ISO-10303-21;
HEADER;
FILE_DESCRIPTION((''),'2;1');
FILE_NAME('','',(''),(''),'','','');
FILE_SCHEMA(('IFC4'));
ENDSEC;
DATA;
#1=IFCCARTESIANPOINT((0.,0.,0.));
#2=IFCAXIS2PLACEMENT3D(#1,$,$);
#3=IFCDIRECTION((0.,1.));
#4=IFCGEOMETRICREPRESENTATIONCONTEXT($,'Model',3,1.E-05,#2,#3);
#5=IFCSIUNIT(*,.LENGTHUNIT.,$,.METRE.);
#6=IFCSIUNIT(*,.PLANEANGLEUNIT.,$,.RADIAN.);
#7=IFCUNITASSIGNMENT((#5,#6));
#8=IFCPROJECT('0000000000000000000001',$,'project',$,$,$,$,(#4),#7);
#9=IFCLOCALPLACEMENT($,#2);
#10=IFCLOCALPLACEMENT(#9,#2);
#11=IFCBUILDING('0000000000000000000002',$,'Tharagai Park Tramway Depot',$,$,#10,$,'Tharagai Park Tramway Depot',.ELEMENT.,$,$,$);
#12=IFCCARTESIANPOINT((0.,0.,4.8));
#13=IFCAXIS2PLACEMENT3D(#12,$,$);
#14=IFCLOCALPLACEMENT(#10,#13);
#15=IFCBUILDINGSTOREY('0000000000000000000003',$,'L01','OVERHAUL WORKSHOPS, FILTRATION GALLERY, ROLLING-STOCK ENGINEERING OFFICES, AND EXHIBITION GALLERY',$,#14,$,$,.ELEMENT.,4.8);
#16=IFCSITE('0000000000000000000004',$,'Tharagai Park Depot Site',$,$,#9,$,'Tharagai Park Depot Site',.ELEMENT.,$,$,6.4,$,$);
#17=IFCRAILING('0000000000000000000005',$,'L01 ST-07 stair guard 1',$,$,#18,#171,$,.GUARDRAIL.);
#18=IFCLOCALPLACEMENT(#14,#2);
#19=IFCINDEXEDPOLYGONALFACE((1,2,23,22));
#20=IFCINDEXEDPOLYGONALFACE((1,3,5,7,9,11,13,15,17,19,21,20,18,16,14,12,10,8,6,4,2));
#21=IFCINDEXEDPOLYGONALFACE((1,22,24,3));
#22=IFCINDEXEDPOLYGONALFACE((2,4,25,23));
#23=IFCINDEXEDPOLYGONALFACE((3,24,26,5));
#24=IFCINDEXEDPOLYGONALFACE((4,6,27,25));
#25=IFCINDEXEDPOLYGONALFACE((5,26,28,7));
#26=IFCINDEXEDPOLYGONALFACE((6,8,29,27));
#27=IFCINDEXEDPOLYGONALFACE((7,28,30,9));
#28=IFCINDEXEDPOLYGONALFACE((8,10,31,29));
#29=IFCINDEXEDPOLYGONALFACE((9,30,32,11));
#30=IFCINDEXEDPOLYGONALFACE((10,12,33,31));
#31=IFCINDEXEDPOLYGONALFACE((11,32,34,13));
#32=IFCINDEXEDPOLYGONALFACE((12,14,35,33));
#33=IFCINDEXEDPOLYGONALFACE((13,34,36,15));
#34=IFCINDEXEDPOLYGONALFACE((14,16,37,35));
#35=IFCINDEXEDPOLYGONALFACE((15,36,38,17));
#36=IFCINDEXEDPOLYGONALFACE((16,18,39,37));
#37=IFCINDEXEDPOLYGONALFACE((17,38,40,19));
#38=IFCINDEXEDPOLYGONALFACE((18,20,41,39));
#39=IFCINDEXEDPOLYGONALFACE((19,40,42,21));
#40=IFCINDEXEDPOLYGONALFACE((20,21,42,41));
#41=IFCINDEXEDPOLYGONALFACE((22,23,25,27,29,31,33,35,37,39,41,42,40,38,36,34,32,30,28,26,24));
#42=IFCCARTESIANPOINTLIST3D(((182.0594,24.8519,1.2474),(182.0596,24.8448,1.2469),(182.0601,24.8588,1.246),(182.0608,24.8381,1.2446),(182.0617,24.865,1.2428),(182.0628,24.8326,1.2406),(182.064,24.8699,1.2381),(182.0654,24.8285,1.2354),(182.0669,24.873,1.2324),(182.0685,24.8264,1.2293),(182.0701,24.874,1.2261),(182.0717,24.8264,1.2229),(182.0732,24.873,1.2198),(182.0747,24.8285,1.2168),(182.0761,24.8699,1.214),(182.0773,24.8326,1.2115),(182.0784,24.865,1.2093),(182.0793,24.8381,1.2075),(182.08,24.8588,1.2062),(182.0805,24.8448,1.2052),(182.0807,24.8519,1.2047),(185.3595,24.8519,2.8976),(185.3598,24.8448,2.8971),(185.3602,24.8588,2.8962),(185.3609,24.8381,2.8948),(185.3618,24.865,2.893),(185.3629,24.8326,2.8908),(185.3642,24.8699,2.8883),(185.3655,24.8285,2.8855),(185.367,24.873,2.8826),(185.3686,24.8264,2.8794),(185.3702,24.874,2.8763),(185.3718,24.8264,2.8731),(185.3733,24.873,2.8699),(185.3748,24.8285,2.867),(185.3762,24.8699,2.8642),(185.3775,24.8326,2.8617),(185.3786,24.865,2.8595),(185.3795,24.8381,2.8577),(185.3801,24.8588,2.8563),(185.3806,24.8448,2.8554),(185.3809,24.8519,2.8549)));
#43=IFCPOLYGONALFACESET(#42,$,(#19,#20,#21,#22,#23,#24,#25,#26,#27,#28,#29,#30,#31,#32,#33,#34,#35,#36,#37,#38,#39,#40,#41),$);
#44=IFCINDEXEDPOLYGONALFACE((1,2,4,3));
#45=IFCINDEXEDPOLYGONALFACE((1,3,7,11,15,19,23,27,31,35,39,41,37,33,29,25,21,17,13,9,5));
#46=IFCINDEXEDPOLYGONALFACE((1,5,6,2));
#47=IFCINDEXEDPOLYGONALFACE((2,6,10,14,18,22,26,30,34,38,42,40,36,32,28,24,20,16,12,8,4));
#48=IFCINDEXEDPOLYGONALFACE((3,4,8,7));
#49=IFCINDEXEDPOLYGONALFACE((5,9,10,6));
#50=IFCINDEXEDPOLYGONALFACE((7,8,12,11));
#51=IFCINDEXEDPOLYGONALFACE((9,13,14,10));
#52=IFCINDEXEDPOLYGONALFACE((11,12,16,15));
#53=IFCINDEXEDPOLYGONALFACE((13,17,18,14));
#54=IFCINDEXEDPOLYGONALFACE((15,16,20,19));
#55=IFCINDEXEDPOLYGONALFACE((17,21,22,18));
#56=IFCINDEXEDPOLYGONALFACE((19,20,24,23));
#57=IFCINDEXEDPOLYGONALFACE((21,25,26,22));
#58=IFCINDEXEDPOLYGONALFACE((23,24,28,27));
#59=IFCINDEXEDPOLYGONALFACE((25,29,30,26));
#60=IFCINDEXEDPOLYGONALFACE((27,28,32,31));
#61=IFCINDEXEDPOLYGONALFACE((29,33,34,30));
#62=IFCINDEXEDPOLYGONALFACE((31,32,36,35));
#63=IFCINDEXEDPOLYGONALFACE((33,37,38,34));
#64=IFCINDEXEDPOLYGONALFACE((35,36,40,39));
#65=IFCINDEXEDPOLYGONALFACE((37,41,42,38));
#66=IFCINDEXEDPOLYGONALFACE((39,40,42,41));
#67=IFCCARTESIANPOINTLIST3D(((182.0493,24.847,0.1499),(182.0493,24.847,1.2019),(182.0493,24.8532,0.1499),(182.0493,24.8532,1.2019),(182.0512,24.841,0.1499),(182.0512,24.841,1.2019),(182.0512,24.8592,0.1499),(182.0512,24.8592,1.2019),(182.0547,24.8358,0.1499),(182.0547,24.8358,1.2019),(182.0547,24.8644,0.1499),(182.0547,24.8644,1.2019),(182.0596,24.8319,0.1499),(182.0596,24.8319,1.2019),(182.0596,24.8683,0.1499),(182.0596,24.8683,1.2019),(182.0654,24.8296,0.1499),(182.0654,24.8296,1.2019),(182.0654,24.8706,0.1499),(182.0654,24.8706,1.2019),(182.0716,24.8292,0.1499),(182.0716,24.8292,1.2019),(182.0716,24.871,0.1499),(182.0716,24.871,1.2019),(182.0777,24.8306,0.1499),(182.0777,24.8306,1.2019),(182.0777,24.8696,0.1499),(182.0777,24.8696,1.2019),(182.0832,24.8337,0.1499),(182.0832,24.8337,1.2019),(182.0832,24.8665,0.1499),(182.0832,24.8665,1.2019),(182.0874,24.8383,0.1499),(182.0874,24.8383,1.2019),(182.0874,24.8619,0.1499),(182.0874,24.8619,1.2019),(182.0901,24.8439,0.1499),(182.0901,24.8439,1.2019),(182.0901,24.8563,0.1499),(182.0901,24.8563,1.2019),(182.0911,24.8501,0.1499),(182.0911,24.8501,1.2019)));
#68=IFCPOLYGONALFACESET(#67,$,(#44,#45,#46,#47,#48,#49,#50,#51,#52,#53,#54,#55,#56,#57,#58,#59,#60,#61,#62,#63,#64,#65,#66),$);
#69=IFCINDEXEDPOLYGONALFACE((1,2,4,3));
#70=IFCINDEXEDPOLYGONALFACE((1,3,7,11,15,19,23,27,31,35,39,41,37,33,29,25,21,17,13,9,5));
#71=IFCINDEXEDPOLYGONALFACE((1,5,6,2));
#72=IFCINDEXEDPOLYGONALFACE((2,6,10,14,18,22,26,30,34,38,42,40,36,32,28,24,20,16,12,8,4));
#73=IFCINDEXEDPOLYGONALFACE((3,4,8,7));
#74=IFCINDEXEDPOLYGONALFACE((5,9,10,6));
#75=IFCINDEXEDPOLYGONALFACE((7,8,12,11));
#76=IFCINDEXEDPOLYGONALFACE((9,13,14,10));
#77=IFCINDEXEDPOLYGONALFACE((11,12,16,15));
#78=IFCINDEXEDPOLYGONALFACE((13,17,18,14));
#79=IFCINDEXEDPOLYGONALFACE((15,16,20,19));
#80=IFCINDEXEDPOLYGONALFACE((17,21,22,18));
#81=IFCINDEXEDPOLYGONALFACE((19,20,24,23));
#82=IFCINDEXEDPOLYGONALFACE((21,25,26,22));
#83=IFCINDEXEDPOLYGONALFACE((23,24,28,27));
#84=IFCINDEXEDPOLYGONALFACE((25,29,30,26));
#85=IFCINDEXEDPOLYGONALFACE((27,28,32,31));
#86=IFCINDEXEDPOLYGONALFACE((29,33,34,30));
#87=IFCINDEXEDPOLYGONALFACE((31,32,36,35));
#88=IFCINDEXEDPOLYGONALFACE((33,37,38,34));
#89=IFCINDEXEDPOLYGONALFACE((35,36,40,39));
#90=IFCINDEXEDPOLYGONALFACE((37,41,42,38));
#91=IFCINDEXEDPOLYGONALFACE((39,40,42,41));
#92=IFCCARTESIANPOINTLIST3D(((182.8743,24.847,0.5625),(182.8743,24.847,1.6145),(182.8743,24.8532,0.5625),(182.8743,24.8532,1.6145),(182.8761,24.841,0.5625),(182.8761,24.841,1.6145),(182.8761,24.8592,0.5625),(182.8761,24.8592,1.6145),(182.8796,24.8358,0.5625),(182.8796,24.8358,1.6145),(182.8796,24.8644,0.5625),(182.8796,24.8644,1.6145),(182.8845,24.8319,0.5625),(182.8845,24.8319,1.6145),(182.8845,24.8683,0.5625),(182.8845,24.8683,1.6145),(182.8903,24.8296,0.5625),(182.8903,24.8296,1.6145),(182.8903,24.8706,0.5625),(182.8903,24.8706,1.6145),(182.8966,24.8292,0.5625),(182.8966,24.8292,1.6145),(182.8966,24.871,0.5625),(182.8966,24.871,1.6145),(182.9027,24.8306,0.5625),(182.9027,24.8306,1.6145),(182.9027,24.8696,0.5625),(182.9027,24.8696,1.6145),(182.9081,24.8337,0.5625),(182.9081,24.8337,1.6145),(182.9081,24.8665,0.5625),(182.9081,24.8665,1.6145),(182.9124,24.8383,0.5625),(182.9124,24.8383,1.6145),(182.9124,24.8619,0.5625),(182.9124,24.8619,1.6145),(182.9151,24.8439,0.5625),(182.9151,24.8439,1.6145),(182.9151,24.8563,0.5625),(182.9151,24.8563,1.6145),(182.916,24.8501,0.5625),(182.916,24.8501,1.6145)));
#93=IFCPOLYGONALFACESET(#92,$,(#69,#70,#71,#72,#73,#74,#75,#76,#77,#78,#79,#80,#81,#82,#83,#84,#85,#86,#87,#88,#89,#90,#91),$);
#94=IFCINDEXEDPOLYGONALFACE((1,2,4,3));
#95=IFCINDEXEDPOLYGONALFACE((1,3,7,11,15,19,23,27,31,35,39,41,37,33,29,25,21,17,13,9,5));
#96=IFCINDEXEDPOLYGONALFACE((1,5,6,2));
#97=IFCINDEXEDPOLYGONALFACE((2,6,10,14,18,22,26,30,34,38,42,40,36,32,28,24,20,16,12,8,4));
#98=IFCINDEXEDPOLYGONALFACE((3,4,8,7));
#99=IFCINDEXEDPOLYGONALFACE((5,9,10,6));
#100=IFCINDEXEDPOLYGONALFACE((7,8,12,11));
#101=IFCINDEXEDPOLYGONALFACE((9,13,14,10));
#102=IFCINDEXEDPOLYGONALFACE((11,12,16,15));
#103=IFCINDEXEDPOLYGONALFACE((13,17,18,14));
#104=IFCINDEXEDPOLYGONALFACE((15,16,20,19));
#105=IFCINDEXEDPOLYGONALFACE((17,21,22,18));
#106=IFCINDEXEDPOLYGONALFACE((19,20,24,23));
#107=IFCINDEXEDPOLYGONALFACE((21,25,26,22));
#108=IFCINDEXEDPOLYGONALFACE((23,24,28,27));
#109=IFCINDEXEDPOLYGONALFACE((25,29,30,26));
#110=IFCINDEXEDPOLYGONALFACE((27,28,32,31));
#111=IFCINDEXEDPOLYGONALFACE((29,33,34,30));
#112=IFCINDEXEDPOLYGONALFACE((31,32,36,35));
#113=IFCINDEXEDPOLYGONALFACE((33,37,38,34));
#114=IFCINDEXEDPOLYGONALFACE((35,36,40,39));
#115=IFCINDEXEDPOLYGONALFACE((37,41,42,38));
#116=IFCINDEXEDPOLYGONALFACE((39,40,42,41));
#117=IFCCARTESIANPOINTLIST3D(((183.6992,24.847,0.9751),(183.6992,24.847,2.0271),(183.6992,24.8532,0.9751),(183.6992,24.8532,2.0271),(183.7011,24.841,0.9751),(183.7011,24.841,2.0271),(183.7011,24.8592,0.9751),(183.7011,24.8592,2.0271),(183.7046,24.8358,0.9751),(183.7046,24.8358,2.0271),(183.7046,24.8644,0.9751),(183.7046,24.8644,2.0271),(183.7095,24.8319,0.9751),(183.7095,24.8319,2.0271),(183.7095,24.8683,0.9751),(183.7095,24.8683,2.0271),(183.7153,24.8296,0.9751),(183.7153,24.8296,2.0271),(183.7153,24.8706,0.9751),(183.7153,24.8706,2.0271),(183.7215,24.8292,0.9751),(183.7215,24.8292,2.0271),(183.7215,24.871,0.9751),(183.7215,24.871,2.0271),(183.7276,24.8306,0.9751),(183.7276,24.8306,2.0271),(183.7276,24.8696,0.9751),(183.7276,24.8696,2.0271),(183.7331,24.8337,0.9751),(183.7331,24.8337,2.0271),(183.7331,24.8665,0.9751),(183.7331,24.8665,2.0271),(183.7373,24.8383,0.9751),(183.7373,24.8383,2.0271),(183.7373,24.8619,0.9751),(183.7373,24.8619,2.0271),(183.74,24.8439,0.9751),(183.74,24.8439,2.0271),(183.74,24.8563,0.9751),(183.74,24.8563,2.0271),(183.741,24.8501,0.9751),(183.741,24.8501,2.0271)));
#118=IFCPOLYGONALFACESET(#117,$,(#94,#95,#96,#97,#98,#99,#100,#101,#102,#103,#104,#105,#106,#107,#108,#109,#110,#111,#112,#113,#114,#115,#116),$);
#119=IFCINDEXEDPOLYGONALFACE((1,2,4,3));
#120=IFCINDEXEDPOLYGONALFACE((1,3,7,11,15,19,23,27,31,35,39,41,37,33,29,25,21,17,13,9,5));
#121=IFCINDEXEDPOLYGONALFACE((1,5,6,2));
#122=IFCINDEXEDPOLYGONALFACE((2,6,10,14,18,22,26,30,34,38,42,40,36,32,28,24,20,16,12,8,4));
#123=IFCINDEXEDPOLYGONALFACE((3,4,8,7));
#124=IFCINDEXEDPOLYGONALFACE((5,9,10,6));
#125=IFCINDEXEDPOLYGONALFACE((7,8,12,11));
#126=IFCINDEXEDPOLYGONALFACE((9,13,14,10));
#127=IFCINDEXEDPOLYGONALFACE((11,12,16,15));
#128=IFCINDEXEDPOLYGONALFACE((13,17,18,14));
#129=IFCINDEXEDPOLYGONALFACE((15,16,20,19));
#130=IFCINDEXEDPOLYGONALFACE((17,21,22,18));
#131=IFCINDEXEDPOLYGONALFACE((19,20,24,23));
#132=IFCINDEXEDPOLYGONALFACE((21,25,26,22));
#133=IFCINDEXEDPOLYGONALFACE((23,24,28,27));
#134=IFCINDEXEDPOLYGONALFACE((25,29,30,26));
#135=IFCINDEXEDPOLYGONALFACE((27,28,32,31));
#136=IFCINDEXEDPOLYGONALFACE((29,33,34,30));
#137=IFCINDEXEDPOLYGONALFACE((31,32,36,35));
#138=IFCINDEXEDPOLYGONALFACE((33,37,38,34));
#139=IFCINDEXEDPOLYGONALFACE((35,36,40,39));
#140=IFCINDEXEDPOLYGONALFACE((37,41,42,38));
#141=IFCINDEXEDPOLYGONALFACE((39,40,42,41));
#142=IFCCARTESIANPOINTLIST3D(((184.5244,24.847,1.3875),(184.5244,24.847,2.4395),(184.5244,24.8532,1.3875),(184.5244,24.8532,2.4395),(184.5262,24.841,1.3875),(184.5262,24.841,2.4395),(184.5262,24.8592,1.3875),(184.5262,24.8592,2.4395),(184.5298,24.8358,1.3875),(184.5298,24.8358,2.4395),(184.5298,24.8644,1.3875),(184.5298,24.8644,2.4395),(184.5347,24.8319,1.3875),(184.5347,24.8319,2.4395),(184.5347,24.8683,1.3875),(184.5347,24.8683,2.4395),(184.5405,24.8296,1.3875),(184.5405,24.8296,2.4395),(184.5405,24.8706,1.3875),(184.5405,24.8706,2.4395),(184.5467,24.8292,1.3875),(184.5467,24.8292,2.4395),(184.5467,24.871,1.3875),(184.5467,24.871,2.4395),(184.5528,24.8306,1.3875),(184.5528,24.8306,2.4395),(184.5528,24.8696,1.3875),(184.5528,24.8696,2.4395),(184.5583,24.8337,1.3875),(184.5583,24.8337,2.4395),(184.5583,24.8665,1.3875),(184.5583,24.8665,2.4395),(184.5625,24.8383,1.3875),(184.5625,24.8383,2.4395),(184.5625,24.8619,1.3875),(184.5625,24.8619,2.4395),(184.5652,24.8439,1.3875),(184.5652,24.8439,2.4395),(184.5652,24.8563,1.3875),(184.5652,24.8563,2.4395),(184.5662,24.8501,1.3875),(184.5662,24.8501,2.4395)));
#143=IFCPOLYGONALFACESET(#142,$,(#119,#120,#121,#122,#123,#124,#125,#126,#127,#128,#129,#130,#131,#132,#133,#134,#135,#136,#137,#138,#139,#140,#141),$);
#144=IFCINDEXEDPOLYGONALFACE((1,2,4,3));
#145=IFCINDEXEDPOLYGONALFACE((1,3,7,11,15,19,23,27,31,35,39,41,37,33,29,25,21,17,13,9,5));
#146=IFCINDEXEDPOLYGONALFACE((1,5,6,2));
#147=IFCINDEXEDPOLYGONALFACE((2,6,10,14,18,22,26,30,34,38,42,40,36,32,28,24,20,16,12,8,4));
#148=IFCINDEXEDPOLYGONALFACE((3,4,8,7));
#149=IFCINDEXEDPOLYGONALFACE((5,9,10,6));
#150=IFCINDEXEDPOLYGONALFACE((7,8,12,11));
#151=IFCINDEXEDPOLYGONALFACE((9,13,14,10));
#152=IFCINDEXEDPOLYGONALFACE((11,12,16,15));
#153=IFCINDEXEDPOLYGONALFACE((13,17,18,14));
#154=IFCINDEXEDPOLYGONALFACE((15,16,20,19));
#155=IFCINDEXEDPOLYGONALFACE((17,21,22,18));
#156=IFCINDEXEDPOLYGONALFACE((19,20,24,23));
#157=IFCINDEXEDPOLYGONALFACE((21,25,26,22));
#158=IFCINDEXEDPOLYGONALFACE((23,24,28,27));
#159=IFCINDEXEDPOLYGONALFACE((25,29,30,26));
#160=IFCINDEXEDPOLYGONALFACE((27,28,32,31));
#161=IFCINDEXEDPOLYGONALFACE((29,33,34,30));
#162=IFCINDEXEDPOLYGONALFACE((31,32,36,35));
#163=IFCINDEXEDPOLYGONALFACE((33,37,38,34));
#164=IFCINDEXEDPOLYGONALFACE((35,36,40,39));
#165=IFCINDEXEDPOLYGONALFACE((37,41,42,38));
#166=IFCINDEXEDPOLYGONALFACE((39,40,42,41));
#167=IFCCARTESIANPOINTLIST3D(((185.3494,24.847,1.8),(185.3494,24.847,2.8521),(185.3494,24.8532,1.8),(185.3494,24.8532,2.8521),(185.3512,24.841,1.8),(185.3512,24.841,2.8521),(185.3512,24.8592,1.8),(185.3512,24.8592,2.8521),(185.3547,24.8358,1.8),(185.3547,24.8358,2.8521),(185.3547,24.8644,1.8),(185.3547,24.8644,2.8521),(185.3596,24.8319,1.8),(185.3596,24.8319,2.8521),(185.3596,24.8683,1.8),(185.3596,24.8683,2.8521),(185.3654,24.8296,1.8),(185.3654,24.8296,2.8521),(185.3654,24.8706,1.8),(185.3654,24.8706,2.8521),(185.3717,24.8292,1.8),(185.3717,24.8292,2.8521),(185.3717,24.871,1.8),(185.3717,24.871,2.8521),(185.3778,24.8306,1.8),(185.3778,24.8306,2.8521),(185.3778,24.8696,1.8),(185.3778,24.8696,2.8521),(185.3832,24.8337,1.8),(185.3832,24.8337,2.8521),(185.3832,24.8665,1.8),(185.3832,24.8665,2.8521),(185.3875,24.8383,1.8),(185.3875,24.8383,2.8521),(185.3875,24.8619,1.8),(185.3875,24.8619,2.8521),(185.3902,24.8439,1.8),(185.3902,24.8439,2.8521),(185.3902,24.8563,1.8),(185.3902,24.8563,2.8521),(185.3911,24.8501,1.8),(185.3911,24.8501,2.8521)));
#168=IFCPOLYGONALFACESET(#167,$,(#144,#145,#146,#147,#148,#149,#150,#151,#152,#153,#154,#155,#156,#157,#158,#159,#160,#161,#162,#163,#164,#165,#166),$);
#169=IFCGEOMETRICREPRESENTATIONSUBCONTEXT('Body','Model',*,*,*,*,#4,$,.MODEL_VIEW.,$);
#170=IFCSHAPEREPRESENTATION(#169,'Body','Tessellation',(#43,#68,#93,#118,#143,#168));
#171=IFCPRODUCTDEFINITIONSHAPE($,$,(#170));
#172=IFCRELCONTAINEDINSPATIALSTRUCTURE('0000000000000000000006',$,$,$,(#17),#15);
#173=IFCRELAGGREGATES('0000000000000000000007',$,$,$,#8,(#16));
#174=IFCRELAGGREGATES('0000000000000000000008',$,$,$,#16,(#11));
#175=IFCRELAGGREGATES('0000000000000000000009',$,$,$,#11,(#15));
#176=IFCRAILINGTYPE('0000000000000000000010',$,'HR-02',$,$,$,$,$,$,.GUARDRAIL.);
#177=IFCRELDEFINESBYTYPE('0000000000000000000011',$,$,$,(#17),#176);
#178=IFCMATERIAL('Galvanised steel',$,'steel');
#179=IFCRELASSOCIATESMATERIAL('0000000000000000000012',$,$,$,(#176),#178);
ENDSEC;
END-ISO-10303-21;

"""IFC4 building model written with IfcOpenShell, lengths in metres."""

from ifc_helpers import new_model, si_unit, direction, frame, origin, origin_2d, place, context, subcontext, project, spatial, circle, extrude, material, type_object, element, save


model = new_model("IFC4")

# Units and contexts
model_context = context("Model", 3, precision=1e-05, world=origin(), true_north=direction((0.0, 1.0)))
body_context = subcontext(model_context, "Body", "Model", "MODEL_VIEW")
ifc_project = project(units=[si_unit("LENGTHUNIT", "METRE"), si_unit("PLANEANGLEUNIT", "RADIAN")], contexts=[model_context])

# Site, building, storey
site_placement = place(None, origin())
site = spatial("IfcSite", under=ifc_project, at=site_placement, Name="Tharagai Park Depot Site", LongName="Tharagai Park Depot Site", CompositionType="ELEMENT", RefElevation=6.4)
building_placement = place(site_placement, origin())
building = spatial("IfcBuilding", under=site, at=building_placement, Name="Tharagai Park Tramway Depot", LongName="Tharagai Park Tramway Depot", CompositionType="ELEMENT")
storey_placement = place(building_placement, frame((0.0, 0.0, 4.8)))
storey = spatial("IfcBuildingStorey", under=building, at=storey_placement, Name="L01", Description="OVERHAUL WORKSHOPS, FILTRATION GALLERY, ROLLING-STOCK ENGINEERING OFFICES, AND EXHIBITION GALLERY", CompositionType="ELEMENT", Elevation=4.8)

# Shared definitions
ifc_material_1 = material(Name="Galvanised steel", Category="steel")

# Railing
railing_type_1 = type_object("IfcRailingType", Name="HR-02", PredefinedType="GUARDRAIL", material=ifc_material_1)
railing_1_placement = place(storey_placement, frame((182.0701, 24.8501, 0.1499)))
element("IfcRailing", 1, at=railing_1_placement, inside=storey, type_object=railing_type_1, Name="L01 ST-07 stair guard 1", PredefinedType="GUARDRAIL", context=body_context, shape_type="SweptSolid", body=[
    extrude(circle(Radius=0.0239, at=origin_2d()), frame((0.0, 0.0, 1.0762), z_axis=(0.894414, 0.0, 0.44724), x_axis=(0.0, 1.0, 0.0)), (0.0, 0.0, 1.0), 3.6897),
    extrude(circle(Radius=0.021, at=origin_2d()), origin(), (0.0, 0.0, 1.0), 1.052),
    extrude(circle(Radius=0.021, at=origin_2d()), frame((0.825, 0.0, 0.4126)), (0.0, 0.0, 1.0), 1.052),
    extrude(circle(Radius=0.021, at=origin_2d()), frame((1.6499, 0.0, 0.8252)), (0.0, 0.0, 1.0), 1.052),
    extrude(circle(Radius=0.021, at=origin_2d()), frame((2.4751, 0.0, 1.2375)), (0.0, 0.0, 1.0), 1.052),
    extrude(circle(Radius=0.021, at=origin_2d()), frame((3.3, 0.0, 1.6501)), (0.0, 0.0, 1.0), 1.052),
])

save(model, "model.ifc")
